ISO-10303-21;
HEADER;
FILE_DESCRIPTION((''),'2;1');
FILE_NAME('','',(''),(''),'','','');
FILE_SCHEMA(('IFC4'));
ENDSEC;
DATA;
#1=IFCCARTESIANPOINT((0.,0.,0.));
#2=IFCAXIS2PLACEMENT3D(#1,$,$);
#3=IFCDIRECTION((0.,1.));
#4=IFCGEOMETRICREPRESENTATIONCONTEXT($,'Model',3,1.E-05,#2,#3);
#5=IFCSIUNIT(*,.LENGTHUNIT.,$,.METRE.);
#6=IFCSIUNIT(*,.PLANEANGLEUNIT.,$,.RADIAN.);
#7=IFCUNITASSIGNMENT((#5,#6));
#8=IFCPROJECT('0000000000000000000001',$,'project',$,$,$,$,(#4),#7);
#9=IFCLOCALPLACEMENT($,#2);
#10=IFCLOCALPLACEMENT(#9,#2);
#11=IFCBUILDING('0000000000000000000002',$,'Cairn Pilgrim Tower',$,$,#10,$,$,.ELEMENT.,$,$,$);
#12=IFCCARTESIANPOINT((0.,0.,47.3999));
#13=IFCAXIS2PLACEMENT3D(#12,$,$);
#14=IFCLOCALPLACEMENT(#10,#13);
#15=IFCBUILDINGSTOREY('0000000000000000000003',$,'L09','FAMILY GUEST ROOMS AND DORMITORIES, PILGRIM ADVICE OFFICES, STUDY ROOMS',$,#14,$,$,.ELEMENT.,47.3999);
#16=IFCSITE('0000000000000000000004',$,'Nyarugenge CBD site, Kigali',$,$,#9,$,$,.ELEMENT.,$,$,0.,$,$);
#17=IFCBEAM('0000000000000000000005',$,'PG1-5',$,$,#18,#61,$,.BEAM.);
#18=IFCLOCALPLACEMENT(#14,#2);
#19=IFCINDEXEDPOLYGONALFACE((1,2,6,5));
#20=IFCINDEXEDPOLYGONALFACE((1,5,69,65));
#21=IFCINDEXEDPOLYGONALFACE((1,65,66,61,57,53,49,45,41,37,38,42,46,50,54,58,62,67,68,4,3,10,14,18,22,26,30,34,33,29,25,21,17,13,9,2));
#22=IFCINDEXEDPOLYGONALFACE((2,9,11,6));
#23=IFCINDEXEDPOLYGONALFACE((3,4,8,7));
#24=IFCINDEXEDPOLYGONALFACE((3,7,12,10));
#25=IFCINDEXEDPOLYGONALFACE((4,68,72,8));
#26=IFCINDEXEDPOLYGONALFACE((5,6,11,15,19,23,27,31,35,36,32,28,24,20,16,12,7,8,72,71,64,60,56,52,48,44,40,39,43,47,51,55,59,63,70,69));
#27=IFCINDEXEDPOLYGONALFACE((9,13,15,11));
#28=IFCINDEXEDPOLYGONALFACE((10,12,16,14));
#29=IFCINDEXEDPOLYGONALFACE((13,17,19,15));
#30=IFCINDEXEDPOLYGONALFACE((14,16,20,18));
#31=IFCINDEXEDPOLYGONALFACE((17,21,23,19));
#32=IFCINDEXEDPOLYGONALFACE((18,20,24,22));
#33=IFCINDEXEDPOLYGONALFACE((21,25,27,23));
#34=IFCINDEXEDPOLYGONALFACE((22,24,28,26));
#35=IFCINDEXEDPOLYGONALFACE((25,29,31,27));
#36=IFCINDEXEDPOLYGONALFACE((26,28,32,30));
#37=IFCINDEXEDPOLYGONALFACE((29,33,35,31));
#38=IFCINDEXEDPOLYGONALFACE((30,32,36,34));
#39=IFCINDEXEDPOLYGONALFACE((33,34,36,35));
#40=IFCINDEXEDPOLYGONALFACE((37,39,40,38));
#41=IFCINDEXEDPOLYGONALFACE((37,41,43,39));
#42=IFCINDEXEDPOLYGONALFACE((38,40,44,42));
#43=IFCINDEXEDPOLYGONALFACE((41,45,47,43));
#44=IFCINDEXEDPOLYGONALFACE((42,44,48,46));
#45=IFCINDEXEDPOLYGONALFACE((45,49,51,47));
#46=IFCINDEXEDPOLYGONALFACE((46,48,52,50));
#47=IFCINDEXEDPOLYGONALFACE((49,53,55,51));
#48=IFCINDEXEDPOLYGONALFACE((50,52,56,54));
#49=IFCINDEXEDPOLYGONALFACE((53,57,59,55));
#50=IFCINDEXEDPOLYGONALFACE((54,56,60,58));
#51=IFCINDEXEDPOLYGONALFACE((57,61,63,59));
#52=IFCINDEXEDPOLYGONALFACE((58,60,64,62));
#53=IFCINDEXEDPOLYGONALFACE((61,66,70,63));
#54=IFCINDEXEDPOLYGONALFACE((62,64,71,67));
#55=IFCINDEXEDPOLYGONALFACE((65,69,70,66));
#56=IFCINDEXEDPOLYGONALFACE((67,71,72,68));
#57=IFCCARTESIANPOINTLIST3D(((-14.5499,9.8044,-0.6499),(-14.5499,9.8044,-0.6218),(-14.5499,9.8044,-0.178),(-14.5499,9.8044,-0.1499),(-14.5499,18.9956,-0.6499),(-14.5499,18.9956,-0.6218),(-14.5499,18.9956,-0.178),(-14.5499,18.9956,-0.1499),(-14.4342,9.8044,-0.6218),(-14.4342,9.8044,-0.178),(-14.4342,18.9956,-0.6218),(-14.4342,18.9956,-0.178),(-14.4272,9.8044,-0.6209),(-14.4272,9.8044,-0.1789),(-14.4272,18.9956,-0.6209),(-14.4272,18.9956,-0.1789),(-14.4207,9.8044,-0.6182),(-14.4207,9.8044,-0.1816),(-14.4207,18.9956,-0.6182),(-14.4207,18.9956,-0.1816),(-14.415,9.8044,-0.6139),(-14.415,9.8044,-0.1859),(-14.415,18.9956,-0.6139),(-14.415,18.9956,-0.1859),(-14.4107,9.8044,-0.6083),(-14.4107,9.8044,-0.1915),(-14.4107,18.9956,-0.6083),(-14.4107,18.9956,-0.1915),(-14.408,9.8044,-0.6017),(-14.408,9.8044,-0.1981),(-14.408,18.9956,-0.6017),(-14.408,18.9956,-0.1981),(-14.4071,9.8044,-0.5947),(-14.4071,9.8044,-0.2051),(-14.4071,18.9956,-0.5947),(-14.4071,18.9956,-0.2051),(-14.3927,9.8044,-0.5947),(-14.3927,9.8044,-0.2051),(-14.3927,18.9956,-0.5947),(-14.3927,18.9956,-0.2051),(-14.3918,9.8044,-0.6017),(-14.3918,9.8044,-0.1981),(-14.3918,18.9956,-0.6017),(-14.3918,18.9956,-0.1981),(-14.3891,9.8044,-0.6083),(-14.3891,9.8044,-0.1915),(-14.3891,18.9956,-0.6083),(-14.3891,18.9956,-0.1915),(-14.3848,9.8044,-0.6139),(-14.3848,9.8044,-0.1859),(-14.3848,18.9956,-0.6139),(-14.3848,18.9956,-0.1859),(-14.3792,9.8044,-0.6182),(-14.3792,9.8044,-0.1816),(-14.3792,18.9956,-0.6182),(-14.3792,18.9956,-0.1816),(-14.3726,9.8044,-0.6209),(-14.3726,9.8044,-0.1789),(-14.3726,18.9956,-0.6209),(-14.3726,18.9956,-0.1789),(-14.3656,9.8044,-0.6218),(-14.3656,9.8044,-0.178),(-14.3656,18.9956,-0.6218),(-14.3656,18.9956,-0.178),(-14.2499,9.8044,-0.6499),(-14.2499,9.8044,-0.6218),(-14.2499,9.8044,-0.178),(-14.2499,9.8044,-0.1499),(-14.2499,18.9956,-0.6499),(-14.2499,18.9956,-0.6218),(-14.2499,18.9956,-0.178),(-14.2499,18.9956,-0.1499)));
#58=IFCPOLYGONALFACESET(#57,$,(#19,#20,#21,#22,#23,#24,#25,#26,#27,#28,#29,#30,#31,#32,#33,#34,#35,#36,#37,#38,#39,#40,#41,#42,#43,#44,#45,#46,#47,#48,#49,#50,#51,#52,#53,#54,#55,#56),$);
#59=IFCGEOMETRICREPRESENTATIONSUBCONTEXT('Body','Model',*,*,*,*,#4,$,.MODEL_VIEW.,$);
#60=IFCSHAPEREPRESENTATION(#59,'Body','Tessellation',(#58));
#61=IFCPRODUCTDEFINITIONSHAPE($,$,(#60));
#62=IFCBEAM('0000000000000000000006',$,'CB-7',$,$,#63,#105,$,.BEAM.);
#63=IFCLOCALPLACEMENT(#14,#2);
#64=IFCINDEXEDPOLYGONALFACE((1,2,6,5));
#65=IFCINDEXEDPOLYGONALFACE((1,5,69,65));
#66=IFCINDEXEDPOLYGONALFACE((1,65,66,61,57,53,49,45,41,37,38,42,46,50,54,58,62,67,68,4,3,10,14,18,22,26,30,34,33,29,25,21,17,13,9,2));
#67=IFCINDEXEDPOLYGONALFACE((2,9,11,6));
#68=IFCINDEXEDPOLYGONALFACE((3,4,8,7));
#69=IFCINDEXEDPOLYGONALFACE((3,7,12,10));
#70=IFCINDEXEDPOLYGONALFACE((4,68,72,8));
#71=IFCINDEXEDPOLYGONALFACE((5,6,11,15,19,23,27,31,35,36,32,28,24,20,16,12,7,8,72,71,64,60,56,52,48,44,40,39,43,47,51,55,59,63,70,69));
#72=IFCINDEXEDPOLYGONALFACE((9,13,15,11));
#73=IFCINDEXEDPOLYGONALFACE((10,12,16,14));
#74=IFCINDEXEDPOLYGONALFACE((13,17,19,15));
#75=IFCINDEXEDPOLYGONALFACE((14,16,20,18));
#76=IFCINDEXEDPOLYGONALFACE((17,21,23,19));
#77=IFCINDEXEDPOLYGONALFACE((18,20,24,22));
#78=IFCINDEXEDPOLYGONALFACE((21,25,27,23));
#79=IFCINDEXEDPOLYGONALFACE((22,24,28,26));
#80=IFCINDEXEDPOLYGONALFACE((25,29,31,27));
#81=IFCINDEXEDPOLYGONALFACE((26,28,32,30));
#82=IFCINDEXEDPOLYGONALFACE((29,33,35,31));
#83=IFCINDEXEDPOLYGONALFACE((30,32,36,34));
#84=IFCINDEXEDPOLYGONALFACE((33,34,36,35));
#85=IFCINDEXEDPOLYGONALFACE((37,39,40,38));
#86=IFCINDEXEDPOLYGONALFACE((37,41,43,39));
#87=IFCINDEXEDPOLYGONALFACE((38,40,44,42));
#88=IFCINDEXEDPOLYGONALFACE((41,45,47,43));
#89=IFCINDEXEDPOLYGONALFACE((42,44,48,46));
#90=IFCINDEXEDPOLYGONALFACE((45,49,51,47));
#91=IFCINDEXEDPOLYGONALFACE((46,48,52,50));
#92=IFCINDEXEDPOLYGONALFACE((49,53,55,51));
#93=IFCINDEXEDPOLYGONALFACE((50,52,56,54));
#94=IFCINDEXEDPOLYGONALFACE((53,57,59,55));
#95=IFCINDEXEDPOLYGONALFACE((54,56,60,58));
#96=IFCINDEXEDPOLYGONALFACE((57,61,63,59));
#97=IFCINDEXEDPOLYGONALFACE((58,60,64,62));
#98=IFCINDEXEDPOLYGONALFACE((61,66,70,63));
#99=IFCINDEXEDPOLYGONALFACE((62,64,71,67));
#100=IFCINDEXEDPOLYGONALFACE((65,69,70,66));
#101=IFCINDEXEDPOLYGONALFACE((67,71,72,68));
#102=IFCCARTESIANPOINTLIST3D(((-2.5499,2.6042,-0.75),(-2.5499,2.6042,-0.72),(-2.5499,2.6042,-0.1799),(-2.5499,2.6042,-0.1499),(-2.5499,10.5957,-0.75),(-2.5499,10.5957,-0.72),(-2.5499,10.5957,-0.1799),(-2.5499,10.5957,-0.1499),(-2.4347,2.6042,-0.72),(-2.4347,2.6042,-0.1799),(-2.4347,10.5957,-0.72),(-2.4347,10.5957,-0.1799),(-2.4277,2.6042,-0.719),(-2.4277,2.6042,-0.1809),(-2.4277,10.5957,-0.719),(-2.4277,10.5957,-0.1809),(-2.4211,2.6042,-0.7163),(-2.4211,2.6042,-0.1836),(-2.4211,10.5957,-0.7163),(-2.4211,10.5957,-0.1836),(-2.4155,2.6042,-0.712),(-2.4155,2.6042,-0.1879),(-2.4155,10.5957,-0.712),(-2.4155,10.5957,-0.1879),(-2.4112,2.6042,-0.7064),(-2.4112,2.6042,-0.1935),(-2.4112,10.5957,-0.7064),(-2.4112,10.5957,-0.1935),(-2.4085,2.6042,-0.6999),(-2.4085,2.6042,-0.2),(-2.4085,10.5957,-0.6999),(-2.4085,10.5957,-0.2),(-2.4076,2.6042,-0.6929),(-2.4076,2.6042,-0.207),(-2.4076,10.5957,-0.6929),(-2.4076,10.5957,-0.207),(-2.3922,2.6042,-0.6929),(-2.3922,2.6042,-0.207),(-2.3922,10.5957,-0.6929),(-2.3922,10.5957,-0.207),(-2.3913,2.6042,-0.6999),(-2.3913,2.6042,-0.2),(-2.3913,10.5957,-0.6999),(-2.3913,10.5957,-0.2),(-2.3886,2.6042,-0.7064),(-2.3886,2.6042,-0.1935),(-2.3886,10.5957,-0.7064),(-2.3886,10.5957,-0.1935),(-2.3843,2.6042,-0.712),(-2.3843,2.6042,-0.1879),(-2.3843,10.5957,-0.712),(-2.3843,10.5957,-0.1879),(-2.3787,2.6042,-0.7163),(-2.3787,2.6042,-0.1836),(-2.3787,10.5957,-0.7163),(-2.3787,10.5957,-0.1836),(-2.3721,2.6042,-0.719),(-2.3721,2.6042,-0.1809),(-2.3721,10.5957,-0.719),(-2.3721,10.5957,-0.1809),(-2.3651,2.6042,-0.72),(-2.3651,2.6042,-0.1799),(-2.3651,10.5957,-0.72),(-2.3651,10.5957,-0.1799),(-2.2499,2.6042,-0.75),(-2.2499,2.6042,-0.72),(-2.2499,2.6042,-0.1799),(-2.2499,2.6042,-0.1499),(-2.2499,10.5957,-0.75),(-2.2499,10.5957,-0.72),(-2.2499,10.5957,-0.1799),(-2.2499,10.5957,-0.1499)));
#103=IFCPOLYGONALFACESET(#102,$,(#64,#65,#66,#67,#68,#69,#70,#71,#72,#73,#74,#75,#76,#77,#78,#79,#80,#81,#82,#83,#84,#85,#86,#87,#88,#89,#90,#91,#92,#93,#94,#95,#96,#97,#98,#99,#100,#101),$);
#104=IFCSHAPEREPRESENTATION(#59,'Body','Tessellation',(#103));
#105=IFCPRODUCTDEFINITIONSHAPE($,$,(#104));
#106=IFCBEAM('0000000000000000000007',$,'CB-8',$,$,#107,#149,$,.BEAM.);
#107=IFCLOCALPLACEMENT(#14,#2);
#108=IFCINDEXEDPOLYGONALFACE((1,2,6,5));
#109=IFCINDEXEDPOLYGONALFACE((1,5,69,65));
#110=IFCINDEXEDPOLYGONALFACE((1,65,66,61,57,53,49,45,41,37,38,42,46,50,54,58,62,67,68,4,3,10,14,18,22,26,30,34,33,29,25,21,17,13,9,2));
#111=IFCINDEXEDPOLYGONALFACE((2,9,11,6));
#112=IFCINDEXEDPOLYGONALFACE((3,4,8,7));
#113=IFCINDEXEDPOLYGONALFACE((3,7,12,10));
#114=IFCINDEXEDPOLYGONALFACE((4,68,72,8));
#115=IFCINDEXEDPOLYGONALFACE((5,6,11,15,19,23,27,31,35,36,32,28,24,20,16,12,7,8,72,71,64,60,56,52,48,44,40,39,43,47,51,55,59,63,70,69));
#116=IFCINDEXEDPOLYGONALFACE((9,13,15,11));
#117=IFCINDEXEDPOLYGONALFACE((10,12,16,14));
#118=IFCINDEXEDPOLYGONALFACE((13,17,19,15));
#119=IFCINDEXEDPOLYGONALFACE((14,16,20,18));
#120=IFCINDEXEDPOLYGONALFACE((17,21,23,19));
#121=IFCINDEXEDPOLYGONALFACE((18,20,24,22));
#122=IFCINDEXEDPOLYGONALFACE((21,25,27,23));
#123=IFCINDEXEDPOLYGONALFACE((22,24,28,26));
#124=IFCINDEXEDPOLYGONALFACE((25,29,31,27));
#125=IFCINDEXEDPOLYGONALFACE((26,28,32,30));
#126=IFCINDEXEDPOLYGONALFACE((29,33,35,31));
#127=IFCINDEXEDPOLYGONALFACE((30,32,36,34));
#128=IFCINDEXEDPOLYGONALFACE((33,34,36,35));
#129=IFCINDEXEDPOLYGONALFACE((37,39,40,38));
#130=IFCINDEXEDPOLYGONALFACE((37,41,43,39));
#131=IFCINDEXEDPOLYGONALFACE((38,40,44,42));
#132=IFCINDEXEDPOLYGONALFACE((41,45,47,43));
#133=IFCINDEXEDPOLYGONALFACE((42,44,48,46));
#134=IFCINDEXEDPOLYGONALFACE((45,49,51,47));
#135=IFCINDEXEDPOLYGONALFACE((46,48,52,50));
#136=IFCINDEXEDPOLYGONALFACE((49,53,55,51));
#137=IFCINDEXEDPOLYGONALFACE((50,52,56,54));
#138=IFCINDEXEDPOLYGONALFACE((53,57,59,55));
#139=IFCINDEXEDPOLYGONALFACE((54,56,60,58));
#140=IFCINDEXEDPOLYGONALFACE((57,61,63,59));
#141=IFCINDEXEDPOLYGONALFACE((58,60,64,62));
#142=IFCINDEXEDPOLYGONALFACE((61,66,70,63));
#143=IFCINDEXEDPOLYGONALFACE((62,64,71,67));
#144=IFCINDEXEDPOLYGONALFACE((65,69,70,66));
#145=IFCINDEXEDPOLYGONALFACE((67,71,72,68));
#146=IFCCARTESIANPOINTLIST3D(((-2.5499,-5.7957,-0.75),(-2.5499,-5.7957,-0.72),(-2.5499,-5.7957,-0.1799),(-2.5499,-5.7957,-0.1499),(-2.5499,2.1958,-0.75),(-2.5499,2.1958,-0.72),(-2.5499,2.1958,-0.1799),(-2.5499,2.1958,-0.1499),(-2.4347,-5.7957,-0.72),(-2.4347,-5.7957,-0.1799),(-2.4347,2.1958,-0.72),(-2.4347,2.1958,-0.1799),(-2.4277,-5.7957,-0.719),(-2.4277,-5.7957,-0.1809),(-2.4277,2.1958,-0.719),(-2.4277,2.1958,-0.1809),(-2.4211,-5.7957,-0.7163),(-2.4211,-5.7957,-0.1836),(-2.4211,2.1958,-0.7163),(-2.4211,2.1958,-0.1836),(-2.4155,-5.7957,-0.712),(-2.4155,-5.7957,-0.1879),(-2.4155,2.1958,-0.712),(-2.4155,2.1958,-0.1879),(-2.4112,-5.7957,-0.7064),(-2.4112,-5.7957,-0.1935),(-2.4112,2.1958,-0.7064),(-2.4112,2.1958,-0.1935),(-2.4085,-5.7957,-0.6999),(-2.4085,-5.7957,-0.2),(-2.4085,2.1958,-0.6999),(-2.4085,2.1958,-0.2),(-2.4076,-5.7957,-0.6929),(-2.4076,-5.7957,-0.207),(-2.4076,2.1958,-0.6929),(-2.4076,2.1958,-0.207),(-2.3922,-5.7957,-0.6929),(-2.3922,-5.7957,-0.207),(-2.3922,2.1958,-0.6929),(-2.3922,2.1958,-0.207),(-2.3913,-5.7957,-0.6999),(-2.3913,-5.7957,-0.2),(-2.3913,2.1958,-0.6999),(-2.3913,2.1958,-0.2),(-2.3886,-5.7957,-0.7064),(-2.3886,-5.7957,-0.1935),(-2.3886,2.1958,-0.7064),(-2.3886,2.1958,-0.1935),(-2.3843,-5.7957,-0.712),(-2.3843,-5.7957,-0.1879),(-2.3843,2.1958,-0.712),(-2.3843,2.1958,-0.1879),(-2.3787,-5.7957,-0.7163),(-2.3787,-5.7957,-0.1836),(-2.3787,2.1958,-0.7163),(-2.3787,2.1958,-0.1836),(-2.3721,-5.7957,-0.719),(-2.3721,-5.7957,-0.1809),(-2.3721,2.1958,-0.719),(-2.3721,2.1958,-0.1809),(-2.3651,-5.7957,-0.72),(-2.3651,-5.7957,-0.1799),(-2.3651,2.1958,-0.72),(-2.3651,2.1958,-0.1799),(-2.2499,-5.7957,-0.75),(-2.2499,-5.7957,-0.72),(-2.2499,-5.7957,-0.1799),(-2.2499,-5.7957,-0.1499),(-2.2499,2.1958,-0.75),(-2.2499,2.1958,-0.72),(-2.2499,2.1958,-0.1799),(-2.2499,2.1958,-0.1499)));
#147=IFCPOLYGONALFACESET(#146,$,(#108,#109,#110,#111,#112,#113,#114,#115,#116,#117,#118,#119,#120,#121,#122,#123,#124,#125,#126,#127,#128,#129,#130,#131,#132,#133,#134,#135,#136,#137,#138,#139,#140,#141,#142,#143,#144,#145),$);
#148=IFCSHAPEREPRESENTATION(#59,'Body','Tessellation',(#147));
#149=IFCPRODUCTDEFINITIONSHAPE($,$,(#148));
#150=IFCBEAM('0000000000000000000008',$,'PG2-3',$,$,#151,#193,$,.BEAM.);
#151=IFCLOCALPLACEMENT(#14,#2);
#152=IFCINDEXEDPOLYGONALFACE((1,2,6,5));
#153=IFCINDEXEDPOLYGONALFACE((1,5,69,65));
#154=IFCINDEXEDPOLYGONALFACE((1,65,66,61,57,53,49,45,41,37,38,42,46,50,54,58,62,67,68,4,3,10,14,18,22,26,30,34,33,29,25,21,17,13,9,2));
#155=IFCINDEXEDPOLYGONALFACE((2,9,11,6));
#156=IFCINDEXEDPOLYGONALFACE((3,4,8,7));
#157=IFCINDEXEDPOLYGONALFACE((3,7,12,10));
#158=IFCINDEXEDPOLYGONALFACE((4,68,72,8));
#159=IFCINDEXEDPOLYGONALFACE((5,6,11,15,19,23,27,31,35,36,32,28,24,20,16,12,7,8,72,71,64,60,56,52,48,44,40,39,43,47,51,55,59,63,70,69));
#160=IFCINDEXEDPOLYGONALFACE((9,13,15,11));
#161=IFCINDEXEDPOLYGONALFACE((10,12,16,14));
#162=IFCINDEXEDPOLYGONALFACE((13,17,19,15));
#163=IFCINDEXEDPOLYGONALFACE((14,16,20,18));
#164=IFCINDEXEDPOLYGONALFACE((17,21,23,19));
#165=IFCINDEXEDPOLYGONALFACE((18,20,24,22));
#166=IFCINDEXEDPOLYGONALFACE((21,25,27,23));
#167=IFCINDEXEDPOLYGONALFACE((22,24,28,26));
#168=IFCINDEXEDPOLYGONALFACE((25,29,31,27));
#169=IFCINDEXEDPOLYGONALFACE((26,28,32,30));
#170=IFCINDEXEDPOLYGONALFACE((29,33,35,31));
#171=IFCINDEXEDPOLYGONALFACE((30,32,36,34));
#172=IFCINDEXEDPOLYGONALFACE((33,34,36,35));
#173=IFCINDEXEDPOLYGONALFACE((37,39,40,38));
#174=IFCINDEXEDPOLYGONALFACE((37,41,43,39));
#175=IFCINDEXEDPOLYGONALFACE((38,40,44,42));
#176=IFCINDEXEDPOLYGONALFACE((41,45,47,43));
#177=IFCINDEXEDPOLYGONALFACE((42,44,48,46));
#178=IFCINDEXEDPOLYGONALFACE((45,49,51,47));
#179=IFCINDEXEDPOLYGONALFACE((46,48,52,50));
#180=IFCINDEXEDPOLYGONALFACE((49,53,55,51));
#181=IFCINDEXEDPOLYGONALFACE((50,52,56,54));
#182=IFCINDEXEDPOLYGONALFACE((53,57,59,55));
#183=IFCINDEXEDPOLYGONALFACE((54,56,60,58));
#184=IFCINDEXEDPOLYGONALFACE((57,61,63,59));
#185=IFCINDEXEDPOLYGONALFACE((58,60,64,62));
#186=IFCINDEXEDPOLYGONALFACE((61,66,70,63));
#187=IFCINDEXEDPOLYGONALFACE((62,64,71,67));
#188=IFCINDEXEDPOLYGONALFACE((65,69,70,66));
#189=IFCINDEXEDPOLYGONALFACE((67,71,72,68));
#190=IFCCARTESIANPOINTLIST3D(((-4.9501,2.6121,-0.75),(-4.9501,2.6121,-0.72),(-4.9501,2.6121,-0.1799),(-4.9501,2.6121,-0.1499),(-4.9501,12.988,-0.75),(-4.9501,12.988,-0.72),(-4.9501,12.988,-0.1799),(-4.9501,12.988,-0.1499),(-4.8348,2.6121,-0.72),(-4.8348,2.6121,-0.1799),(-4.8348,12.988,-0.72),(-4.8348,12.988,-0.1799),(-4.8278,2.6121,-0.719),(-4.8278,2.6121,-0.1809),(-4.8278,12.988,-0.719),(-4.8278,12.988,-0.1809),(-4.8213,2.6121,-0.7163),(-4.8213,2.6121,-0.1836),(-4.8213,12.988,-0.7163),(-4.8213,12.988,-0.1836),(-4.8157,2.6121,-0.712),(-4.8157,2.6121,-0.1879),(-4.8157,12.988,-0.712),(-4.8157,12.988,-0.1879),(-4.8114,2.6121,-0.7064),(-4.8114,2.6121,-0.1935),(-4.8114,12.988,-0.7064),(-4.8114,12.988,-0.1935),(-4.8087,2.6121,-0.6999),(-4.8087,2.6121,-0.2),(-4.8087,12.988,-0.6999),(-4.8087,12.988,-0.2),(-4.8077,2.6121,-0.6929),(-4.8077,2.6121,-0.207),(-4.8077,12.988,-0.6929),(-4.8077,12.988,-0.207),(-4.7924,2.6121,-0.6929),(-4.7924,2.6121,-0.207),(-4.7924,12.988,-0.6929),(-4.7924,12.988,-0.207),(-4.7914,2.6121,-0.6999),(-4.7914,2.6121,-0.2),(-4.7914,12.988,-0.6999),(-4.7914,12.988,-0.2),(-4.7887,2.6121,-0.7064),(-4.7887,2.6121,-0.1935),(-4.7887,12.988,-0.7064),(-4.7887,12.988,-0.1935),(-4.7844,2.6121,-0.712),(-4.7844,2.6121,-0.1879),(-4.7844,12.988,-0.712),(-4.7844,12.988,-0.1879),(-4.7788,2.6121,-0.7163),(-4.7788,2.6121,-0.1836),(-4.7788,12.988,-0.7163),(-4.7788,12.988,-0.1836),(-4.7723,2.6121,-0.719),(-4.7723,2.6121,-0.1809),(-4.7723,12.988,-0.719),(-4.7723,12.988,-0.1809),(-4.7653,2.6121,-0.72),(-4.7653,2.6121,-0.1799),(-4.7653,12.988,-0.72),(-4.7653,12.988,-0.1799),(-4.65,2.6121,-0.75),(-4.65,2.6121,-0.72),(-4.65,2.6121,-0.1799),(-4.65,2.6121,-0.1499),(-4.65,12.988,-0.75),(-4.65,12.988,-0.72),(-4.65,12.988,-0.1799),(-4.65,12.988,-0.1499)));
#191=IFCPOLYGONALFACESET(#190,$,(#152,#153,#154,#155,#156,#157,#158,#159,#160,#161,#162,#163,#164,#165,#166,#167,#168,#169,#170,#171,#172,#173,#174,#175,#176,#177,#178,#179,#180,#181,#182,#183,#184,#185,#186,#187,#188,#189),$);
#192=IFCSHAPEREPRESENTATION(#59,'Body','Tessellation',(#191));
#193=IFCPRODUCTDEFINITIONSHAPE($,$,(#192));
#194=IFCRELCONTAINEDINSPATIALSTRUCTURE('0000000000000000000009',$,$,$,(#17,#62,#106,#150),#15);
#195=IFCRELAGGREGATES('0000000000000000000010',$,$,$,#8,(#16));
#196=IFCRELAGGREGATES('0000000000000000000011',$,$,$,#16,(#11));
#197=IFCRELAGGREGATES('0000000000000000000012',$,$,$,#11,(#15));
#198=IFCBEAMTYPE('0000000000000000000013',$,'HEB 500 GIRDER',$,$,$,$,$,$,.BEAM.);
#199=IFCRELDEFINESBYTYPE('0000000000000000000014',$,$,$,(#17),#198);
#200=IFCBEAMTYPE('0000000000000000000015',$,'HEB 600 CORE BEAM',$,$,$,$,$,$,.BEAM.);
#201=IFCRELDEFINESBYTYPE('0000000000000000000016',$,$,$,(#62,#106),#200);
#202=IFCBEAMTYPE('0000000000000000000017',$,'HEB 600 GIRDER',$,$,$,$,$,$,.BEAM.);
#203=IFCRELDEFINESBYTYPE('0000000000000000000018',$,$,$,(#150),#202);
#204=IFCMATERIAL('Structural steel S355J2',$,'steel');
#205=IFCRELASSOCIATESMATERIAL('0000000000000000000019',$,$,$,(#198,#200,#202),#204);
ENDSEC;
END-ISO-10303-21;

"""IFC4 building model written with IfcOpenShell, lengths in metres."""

from ifc_helpers import new_model, si_unit, direction, frame, origin, origin_2d, place, context, subcontext, project, spatial, i_section, extrude, material, material_profile, profile_set, type_object, element, save


model = new_model("IFC4")

# Units and contexts
model_context = context("Model", 3, precision=1e-05, world=origin(), true_north=direction((0.0, 1.0)))
body_context = subcontext(model_context, "Body", "Model", "MODEL_VIEW")
ifc_project = project(units=[si_unit("LENGTHUNIT", "METRE"), si_unit("PLANEANGLEUNIT", "RADIAN")], contexts=[model_context])

# Site, building, storey
site_placement = place(None, origin())
site = spatial("IfcSite", under=ifc_project, at=site_placement, Name="Nyarugenge CBD site, Kigali", CompositionType="ELEMENT", RefElevation=0.0)
building_placement = place(site_placement, origin())
building = spatial("IfcBuilding", under=site, at=building_placement, Name="Cairn Pilgrim Tower", CompositionType="ELEMENT")
storey_placement = place(building_placement, frame((0.0, 0.0, 47.3999)))
storey = spatial("IfcBuildingStorey", under=building, at=storey_placement, Name="L09", Description="FAMILY GUEST ROOMS AND DORMITORIES, PILGRIM ADVICE OFFICES, STUDY ROOMS", CompositionType="ELEMENT", Elevation=47.3999)

# Beams
ifc_material_1 = material(Name="Structural steel S355J2", Category="steel")
ifc_material_profile_1 = material_profile(ifc_material_1, i_section(OverallWidth=0.3, OverallDepth=0.5, WebThickness=0.0144, FlangeThickness=0.0281, FilletRadius=0.0271, at=origin_2d()), Name="HEB 500")
ifc_profile_set_1 = profile_set([ifc_material_profile_1], Name="Structural steel S355J2")
beam_type_1 = type_object("IfcBeamType", Name="HEB 500 GIRDER", PredefinedType="BEAM", material=ifc_profile_set_1)
beam_1_placement = place(storey_placement, frame((-14.3999, 9.8044, -0.3999), z_axis=(0.0, 1.0, 0.0), x_axis=(-1.0, 0.0, 0.0)))
element("IfcBeam", 1, at=beam_1_placement, inside=storey, type_object=beam_type_1, Name="PG1-5", PredefinedType="BEAM", context=body_context, shape_type="SweptSolid", body=[
    extrude(i_section(OverallWidth=0.3, OverallDepth=0.5, WebThickness=0.0144, FlangeThickness=0.0281, FilletRadius=0.0271, at=origin_2d()), origin(), (0.0, 0.0, 1.0), 9.1912),
])
ifc_material_profile_2 = material_profile(ifc_material_1, i_section(OverallWidth=0.3, OverallDepth=0.6001, WebThickness=0.0154, FlangeThickness=0.03, FilletRadius=0.0271, at=origin_2d()), Name="HEB 600")
ifc_profile_set_2 = profile_set([ifc_material_profile_2], Name="Structural steel S355J2")
beam_type_2 = type_object("IfcBeamType", Name="HEB 600 CORE BEAM", PredefinedType="BEAM", material=ifc_profile_set_2)
for number, where, z_axis, x_axis, name in (
    (2, (-2.3999, 10.5957, -0.45), (0.0, -1.0, 0.0), (1.0, 0.0, 0.0), "CB-7"),
    (3, (-2.3999, 2.1958, -0.45), (0.0, -1.0, 0.0), (1.0, 0.0, 0.0), "CB-8"),
):
    element("IfcBeam", number, at=place(storey_placement, frame(where, z_axis=z_axis, x_axis=x_axis)), inside=storey, type_object=beam_type_2, Name=name, PredefinedType="BEAM", context=body_context, shape_type="SweptSolid", body=[
        extrude(i_section(OverallWidth=0.3, OverallDepth=0.6001, WebThickness=0.0154, FlangeThickness=0.03, FilletRadius=0.0271, at=origin_2d()), origin(), (0.0, 0.0, 1.0), 7.9915),
    ])
ifc_material_profile_3 = material_profile(ifc_material_1, i_section(OverallWidth=0.3, OverallDepth=0.6001, WebThickness=0.0154, FlangeThickness=0.03, FilletRadius=0.0271, at=origin_2d()), Name="HEB 600")
ifc_profile_set_3 = profile_set([ifc_material_profile_3], Name="Structural steel S355J2")
beam_type_3 = type_object("IfcBeamType", Name="HEB 600 GIRDER", PredefinedType="BEAM", material=ifc_profile_set_3)
beam_2_placement = place(storey_placement, frame((-4.8, 2.6121, -0.45), z_axis=(0.0, 1.0, 0.0), x_axis=(-1.0, 0.0, 0.0)))
element("IfcBeam", 4, at=beam_2_placement, inside=storey, type_object=beam_type_3, Name="PG2-3", PredefinedType="BEAM", context=body_context, shape_type="SweptSolid", body=[
    extrude(i_section(OverallWidth=0.3, OverallDepth=0.6001, WebThickness=0.0154, FlangeThickness=0.03, FilletRadius=0.0271, at=origin_2d()), origin(), (0.0, 0.0, 1.0), 10.376),
])

save(model, "model.ifc")
